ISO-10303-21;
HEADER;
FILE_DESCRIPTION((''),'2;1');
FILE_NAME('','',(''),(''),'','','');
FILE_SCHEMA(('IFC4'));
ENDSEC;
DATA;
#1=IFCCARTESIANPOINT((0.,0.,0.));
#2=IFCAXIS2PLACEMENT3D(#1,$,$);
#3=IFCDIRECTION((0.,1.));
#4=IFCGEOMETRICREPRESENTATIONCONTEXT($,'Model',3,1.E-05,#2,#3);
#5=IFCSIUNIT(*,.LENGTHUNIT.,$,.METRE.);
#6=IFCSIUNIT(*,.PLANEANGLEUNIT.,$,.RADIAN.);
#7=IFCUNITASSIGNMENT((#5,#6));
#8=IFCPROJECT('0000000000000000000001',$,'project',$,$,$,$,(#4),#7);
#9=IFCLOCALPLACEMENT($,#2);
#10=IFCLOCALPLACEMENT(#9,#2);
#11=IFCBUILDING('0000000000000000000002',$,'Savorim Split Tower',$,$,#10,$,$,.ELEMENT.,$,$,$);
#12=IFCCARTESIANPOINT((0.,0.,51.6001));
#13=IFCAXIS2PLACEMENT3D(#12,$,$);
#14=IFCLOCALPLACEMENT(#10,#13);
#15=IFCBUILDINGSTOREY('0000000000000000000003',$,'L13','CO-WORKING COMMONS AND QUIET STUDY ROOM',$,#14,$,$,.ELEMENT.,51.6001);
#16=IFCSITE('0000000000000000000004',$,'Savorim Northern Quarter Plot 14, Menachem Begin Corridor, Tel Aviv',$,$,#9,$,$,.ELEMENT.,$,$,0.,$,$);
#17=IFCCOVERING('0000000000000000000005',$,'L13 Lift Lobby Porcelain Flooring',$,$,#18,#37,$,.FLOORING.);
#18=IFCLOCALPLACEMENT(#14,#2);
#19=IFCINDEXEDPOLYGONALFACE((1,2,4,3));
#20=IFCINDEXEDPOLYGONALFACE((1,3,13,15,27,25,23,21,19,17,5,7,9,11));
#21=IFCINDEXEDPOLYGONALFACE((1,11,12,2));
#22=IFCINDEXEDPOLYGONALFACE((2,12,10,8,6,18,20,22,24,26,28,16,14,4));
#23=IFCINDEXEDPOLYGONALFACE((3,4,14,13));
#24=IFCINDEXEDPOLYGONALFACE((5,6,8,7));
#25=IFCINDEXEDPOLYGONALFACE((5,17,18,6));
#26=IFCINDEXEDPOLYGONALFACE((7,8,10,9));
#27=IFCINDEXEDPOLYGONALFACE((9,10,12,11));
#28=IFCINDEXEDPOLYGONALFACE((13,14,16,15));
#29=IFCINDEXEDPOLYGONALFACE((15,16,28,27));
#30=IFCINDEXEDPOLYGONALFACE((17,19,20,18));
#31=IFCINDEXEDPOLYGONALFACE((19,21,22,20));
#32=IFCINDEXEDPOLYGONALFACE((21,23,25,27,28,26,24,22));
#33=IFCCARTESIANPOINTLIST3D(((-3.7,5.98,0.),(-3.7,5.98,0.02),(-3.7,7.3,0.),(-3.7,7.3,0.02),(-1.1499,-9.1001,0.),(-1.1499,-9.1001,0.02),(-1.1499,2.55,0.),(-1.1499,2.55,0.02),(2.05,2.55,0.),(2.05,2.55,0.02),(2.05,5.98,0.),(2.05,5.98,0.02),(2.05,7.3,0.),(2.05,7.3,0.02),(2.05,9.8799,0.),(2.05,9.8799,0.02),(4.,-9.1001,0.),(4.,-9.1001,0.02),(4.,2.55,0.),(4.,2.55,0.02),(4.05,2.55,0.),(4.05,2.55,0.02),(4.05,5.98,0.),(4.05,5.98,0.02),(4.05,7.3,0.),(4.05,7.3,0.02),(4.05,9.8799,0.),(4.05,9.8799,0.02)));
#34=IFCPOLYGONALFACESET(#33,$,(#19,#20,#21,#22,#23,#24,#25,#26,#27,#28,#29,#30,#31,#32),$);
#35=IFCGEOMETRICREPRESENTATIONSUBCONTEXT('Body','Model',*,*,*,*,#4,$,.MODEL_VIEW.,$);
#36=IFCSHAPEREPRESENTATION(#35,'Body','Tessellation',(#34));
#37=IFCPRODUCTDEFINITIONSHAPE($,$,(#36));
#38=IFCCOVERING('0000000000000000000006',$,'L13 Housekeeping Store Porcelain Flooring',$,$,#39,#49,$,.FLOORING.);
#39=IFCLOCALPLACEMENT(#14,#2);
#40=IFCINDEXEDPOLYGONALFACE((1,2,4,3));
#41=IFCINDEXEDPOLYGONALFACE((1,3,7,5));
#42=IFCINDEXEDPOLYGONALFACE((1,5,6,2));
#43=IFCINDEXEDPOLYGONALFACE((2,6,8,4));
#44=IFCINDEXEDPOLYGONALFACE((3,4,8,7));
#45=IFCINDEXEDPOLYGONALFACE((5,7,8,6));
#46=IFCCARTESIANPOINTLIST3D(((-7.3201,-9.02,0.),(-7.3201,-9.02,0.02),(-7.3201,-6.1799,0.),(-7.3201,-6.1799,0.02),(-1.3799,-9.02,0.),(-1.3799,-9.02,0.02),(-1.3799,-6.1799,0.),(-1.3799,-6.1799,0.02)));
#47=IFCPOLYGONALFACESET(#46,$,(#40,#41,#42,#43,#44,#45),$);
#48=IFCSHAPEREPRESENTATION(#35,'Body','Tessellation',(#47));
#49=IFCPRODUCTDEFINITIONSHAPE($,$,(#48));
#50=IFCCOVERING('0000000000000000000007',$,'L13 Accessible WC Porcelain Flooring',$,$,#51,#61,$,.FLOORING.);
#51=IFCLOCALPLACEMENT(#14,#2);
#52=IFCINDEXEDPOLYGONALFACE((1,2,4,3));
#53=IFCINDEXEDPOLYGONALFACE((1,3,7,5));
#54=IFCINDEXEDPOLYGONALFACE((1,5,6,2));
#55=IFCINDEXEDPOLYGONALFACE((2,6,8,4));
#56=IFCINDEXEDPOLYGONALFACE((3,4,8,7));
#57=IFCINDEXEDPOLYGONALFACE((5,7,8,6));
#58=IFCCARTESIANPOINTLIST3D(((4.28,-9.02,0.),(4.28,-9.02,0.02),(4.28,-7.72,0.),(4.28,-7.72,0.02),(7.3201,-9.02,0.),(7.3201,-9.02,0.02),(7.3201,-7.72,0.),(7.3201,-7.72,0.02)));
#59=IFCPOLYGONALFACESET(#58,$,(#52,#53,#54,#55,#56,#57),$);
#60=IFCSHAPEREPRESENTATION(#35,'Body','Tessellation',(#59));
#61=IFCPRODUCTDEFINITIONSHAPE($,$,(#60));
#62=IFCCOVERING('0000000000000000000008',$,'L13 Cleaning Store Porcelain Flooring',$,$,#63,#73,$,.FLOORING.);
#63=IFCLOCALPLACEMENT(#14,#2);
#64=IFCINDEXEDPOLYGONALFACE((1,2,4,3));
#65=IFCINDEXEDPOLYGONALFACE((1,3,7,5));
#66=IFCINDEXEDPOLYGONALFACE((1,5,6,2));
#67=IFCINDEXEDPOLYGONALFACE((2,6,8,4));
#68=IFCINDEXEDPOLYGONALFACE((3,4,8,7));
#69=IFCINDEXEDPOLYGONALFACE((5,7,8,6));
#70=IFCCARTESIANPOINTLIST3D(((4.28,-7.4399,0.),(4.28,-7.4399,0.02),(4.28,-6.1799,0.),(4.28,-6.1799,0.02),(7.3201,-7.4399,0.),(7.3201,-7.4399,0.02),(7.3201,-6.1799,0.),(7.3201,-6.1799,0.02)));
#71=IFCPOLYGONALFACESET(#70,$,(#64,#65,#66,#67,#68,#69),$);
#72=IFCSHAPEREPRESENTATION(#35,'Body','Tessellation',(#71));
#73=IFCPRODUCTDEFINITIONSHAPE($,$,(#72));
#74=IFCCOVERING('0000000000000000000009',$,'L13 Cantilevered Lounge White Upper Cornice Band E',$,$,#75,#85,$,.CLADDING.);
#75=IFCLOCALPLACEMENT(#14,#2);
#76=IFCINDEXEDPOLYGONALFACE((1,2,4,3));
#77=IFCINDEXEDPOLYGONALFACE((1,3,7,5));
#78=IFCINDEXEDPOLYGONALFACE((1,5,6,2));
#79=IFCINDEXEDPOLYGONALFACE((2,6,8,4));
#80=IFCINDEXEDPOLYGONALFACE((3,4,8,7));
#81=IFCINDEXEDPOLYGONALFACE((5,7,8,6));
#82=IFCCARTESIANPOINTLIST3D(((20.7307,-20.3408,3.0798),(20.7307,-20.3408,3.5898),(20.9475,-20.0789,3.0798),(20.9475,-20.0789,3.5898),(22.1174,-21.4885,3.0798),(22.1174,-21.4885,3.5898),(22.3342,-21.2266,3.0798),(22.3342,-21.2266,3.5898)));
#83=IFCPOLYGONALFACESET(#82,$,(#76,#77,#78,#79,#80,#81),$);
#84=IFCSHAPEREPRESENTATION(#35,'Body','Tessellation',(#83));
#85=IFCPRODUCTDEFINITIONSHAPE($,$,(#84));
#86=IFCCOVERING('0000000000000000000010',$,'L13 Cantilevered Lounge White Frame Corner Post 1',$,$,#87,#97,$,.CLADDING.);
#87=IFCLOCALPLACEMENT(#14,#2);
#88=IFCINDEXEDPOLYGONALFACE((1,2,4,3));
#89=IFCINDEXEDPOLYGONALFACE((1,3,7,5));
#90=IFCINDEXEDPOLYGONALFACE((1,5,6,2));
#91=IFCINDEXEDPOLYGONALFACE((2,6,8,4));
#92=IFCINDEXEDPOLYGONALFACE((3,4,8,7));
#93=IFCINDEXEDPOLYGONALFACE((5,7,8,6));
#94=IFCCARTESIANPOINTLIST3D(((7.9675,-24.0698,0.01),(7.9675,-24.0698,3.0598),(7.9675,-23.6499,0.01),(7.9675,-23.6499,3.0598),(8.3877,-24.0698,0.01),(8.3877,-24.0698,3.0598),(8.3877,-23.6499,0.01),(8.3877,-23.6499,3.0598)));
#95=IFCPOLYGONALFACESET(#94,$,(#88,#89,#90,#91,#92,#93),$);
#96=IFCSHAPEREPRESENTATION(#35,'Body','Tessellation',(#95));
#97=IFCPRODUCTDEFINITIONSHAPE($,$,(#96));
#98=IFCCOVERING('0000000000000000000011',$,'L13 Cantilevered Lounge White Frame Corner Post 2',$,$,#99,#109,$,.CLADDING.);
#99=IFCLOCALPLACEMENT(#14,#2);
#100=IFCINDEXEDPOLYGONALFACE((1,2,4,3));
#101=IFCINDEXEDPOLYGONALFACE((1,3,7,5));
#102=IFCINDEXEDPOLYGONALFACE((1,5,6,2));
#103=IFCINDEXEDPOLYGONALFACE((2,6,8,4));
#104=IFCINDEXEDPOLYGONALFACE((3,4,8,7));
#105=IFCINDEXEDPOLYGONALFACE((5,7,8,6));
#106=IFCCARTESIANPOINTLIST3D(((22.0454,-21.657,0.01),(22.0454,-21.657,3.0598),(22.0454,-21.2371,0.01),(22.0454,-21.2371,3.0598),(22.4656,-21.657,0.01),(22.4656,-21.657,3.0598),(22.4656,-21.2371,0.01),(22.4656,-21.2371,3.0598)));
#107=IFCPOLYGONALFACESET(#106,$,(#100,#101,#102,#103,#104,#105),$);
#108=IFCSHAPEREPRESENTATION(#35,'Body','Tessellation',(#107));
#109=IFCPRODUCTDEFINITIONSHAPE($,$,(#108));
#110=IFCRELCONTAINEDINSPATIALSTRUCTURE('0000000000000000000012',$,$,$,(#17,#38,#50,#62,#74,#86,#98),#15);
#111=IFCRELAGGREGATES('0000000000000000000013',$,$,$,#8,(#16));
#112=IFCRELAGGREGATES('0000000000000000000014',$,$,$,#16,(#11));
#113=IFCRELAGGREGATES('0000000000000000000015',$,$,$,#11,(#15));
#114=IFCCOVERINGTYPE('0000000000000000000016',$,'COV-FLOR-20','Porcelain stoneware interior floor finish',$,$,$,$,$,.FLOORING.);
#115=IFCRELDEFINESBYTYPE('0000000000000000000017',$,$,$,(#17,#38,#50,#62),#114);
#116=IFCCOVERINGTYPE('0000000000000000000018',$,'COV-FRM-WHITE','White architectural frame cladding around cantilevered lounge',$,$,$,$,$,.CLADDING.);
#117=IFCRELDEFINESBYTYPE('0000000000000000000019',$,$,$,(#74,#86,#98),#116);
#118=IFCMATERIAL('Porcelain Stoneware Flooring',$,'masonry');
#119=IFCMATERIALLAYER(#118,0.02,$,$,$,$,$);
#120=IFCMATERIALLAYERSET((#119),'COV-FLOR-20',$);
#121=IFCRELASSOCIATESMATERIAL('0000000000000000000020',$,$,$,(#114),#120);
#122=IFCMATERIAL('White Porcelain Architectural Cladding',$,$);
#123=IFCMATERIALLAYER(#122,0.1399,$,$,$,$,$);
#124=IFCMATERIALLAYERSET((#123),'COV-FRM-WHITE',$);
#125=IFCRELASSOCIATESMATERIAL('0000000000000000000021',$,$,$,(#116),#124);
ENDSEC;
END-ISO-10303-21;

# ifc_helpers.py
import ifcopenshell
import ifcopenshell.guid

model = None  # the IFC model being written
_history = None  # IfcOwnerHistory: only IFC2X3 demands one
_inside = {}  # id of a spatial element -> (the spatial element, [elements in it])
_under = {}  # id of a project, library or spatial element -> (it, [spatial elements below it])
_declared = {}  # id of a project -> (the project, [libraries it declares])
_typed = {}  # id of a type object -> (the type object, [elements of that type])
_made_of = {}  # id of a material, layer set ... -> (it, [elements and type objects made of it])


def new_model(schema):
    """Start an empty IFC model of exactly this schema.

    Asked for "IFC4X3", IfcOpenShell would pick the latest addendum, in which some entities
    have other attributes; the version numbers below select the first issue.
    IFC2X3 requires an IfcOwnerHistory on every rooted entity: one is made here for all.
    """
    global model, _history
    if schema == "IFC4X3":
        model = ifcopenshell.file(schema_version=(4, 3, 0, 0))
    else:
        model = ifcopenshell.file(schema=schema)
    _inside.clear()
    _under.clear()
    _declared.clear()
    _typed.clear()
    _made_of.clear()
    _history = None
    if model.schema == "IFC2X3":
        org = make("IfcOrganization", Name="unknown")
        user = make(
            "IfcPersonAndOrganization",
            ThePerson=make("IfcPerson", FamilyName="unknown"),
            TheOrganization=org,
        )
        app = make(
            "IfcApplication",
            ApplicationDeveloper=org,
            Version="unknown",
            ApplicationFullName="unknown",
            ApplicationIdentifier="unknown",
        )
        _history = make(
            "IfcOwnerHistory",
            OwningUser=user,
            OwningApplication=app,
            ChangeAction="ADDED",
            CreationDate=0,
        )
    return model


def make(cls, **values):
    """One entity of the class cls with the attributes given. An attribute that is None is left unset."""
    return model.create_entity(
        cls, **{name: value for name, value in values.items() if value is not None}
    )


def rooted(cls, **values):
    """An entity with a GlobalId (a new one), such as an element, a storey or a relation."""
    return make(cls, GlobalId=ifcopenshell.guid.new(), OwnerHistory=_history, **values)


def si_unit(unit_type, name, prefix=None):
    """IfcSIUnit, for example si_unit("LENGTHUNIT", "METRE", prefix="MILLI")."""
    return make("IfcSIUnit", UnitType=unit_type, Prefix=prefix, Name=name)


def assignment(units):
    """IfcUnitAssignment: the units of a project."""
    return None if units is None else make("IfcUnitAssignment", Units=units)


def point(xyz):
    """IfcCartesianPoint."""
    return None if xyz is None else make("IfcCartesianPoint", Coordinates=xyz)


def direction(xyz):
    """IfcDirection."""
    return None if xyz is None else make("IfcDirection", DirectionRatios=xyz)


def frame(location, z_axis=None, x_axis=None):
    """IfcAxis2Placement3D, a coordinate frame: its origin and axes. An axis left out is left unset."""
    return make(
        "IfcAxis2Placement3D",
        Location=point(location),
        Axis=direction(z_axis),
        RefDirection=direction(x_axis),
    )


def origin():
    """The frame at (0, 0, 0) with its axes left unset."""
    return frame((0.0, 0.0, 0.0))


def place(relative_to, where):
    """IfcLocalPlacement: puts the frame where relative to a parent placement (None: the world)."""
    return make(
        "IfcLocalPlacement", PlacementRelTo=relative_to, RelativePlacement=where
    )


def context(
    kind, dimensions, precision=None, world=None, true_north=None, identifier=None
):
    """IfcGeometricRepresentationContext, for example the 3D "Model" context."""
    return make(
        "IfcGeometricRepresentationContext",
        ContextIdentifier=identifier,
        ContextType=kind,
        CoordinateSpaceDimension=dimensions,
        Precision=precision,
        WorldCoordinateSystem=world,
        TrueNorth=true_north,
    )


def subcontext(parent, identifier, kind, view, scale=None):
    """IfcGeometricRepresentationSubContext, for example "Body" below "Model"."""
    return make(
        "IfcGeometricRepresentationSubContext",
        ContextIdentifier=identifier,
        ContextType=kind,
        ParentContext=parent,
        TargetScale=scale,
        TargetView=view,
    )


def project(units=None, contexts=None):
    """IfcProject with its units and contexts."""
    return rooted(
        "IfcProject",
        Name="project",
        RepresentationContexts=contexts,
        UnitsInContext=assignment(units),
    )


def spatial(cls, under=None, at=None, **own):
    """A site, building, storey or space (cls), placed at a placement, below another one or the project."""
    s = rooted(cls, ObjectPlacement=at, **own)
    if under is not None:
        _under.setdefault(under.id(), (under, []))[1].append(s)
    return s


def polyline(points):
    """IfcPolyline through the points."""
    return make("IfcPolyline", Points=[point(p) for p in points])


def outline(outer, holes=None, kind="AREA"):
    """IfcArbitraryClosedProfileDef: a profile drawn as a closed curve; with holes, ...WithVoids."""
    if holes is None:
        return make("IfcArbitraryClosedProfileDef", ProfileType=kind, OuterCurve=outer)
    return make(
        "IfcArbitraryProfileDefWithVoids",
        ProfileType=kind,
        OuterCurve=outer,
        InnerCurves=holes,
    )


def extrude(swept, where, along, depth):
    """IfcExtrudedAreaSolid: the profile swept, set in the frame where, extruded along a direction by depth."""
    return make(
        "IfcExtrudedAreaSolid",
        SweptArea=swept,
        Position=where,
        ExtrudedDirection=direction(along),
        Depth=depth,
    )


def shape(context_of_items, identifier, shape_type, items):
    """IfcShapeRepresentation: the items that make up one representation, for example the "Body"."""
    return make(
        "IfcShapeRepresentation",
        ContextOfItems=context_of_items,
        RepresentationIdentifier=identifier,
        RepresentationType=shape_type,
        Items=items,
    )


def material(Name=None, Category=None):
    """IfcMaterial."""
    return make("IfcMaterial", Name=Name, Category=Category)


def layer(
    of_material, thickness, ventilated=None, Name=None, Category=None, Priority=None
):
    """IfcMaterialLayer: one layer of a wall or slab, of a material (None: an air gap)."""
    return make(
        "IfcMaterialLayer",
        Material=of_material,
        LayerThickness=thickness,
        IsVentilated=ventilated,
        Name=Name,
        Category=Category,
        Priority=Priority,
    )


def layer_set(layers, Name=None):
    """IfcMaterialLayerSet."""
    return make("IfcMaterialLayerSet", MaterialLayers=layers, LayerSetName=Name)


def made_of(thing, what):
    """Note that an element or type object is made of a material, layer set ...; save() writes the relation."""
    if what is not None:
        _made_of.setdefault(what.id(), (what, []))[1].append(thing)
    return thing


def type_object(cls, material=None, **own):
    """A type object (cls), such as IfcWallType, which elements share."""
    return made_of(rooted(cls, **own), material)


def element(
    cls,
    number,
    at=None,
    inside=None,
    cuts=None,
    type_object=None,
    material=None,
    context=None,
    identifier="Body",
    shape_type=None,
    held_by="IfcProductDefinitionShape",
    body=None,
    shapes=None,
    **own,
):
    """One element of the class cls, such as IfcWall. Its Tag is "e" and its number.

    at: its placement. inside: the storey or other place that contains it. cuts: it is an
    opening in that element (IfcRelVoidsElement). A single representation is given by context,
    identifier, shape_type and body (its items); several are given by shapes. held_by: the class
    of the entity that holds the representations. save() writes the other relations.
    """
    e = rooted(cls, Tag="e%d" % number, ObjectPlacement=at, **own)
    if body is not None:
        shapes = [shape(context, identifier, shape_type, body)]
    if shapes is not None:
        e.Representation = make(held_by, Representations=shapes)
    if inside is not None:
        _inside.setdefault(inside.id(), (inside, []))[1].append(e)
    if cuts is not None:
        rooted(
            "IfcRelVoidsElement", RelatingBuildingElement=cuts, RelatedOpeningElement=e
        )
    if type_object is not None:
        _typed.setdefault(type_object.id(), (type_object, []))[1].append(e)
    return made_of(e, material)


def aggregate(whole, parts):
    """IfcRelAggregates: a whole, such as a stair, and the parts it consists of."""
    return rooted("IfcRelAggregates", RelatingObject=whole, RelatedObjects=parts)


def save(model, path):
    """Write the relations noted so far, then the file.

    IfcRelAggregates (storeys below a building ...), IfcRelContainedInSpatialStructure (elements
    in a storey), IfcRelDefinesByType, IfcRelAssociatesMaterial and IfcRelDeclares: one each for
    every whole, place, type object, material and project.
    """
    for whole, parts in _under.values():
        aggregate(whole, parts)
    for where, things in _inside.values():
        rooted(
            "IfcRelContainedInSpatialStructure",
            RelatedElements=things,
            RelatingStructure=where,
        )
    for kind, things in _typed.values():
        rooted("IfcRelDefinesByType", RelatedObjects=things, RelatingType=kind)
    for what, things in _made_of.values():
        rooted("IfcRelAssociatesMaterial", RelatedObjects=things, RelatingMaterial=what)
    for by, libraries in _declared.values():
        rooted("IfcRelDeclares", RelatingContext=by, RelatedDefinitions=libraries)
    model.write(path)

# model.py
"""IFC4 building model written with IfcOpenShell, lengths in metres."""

from ifc_helpers import new_model, si_unit, direction, frame, origin, place, context, subcontext, project, spatial, polyline, outline, extrude, material, layer, layer_set, type_object, element, save


model = new_model("IFC4")

# Units and contexts
model_context = context("Model", 3, precision=1e-05, world=origin(), true_north=direction((0.0, 1.0)))
body_context = subcontext(model_context, "Body", "Model", "MODEL_VIEW")
ifc_project = project(units=[si_unit("LENGTHUNIT", "METRE"), si_unit("PLANEANGLEUNIT", "RADIAN")], contexts=[model_context])

# Site, building, storey
site_placement = place(None, origin())
site = spatial("IfcSite", under=ifc_project, at=site_placement, Name="Savorim Northern Quarter Plot 14, Menachem Begin Corridor, Tel Aviv", CompositionType="ELEMENT", RefElevation=0.0)
building_placement = place(site_placement, origin())
building = spatial("IfcBuilding", under=site, at=building_placement, Name="Savorim Split Tower", CompositionType="ELEMENT")
storey_placement = place(building_placement, frame((0.0, 0.0, 51.6001)))
storey = spatial("IfcBuildingStorey", under=building, at=storey_placement, Name="L13", Description="CO-WORKING COMMONS AND QUIET STUDY ROOM", CompositionType="ELEMENT", Elevation=51.6001)

# Coverings
ifc_material_1 = material(Name="Porcelain Stoneware Flooring", Category="masonry")
ifc_layer_1 = layer(ifc_material_1, 0.02)
ifc_layer_set_1 = layer_set([ifc_layer_1], Name="COV-FLOR-20")
covering_type_1 = type_object("IfcCoveringType", Name="COV-FLOR-20", Description="Porcelain stoneware interior floor finish", PredefinedType="FLOORING", material=ifc_layer_set_1)
covering_1_placement = place(storey_placement, origin())
element("IfcCovering", 1, at=covering_1_placement, inside=storey, type_object=covering_type_1, Name="L13 Lift Lobby Porcelain Flooring", PredefinedType="FLOORING", context=body_context, shape_type="SweptSolid", body=[
    extrude(outline(polyline([(2.05, 2.55), (-1.1499, 2.55), (-1.1499, -9.1001), (4.0, -9.1001), (4.0, 2.55), (4.05, 2.55), (4.05, 5.98), (4.05, 7.3), (4.05, 9.8799), (2.05, 9.8799), (2.05, 7.3), (-3.7, 7.3), (-3.7, 5.98), (2.05, 5.98), (2.05, 2.55)])), origin(), (0.0, 0.0, 1.0), 0.02),
])
covering_2_placement = place(storey_placement, origin())
element("IfcCovering", 2, at=covering_2_placement, inside=storey, type_object=covering_type_1, Name="L13 Housekeeping Store Porcelain Flooring", PredefinedType="FLOORING", context=body_context, shape_type="SweptSolid", body=[
    extrude(outline(polyline([(-7.3201, -6.1799), (-7.3201, -9.02), (-1.3799, -9.02), (-1.3799, -6.1799), (-7.3201, -6.1799)])), origin(), (0.0, 0.0, 1.0), 0.02),
])
covering_3_placement = place(storey_placement, origin())
element("IfcCovering", 3, at=covering_3_placement, inside=storey, type_object=covering_type_1, Name="L13 Accessible WC Porcelain Flooring", PredefinedType="FLOORING", context=body_context, shape_type="SweptSolid", body=[
    extrude(outline(polyline([(4.28, -7.72), (4.28, -9.02), (7.3201, -9.02), (7.3201, -7.72), (4.28, -7.72)])), origin(), (0.0, 0.0, 1.0), 0.02),
])
covering_4_placement = place(storey_placement, origin())
element("IfcCovering", 4, at=covering_4_placement, inside=storey, type_object=covering_type_1, Name="L13 Cleaning Store Porcelain Flooring", PredefinedType="FLOORING", context=body_context, shape_type="SweptSolid", body=[
    extrude(outline(polyline([(4.28, -6.1799), (4.28, -7.4399), (7.3201, -7.4399), (7.3201, -6.1799), (4.28, -6.1799)])), origin(), (0.0, 0.0, 1.0), 0.02),
])
ifc_material_2 = material(Name="White Porcelain Architectural Cladding")
ifc_layer_2 = layer(ifc_material_2, 0.1399)
ifc_layer_set_2 = layer_set([ifc_layer_2], Name="COV-FRM-WHITE")
covering_type_2 = type_object("IfcCoveringType", Name="COV-FRM-WHITE", Description="White architectural frame cladding around cantilevered lounge", PredefinedType="CLADDING", material=ifc_layer_set_2)
covering_5_placement = place(storey_placement, frame((0.0, 0.0, 3.0798)))
element("IfcCovering", 5, at=covering_5_placement, inside=storey, type_object=covering_type_2, Name="L13 Cantilevered Lounge White Upper Cornice Band E", PredefinedType="CLADDING", context=body_context, shape_type="SweptSolid", body=[
    extrude(outline(polyline([(22.3342, -21.2266), (20.9475, -20.0789), (20.7307, -20.3408), (22.1174, -21.4885), (22.3342, -21.2266)])), origin(), (0.0, 0.0, 1.0), 0.51),
])
covering_6_placement = place(storey_placement, frame((0.0, 0.0, 0.01)))
element("IfcCovering", 6, at=covering_6_placement, inside=storey, type_object=covering_type_2, Name="L13 Cantilevered Lounge White Frame Corner Post 1", PredefinedType="CLADDING", context=body_context, shape_type="SweptSolid", body=[
    extrude(outline(polyline([(7.9675, -24.0698), (8.3877, -24.0698), (8.3877, -23.6499), (7.9675, -23.6499), (7.9675, -24.0698)])), origin(), (0.0, 0.0, 1.0), 3.0498),
])
covering_7_placement = place(storey_placement, frame((0.0, 0.0, 0.01)))
element("IfcCovering", 7, at=covering_7_placement, inside=storey, type_object=covering_type_2, Name="L13 Cantilevered Lounge White Frame Corner Post 2", PredefinedType="CLADDING", context=body_context, shape_type="SweptSolid", body=[
    extrude(outline(polyline([(22.0454, -21.657), (22.4656, -21.657), (22.4656, -21.2371), (22.0454, -21.2371), (22.0454, -21.657)])), origin(), (0.0, 0.0, 1.0), 3.0498),
])

save(model, "model.ifc")
